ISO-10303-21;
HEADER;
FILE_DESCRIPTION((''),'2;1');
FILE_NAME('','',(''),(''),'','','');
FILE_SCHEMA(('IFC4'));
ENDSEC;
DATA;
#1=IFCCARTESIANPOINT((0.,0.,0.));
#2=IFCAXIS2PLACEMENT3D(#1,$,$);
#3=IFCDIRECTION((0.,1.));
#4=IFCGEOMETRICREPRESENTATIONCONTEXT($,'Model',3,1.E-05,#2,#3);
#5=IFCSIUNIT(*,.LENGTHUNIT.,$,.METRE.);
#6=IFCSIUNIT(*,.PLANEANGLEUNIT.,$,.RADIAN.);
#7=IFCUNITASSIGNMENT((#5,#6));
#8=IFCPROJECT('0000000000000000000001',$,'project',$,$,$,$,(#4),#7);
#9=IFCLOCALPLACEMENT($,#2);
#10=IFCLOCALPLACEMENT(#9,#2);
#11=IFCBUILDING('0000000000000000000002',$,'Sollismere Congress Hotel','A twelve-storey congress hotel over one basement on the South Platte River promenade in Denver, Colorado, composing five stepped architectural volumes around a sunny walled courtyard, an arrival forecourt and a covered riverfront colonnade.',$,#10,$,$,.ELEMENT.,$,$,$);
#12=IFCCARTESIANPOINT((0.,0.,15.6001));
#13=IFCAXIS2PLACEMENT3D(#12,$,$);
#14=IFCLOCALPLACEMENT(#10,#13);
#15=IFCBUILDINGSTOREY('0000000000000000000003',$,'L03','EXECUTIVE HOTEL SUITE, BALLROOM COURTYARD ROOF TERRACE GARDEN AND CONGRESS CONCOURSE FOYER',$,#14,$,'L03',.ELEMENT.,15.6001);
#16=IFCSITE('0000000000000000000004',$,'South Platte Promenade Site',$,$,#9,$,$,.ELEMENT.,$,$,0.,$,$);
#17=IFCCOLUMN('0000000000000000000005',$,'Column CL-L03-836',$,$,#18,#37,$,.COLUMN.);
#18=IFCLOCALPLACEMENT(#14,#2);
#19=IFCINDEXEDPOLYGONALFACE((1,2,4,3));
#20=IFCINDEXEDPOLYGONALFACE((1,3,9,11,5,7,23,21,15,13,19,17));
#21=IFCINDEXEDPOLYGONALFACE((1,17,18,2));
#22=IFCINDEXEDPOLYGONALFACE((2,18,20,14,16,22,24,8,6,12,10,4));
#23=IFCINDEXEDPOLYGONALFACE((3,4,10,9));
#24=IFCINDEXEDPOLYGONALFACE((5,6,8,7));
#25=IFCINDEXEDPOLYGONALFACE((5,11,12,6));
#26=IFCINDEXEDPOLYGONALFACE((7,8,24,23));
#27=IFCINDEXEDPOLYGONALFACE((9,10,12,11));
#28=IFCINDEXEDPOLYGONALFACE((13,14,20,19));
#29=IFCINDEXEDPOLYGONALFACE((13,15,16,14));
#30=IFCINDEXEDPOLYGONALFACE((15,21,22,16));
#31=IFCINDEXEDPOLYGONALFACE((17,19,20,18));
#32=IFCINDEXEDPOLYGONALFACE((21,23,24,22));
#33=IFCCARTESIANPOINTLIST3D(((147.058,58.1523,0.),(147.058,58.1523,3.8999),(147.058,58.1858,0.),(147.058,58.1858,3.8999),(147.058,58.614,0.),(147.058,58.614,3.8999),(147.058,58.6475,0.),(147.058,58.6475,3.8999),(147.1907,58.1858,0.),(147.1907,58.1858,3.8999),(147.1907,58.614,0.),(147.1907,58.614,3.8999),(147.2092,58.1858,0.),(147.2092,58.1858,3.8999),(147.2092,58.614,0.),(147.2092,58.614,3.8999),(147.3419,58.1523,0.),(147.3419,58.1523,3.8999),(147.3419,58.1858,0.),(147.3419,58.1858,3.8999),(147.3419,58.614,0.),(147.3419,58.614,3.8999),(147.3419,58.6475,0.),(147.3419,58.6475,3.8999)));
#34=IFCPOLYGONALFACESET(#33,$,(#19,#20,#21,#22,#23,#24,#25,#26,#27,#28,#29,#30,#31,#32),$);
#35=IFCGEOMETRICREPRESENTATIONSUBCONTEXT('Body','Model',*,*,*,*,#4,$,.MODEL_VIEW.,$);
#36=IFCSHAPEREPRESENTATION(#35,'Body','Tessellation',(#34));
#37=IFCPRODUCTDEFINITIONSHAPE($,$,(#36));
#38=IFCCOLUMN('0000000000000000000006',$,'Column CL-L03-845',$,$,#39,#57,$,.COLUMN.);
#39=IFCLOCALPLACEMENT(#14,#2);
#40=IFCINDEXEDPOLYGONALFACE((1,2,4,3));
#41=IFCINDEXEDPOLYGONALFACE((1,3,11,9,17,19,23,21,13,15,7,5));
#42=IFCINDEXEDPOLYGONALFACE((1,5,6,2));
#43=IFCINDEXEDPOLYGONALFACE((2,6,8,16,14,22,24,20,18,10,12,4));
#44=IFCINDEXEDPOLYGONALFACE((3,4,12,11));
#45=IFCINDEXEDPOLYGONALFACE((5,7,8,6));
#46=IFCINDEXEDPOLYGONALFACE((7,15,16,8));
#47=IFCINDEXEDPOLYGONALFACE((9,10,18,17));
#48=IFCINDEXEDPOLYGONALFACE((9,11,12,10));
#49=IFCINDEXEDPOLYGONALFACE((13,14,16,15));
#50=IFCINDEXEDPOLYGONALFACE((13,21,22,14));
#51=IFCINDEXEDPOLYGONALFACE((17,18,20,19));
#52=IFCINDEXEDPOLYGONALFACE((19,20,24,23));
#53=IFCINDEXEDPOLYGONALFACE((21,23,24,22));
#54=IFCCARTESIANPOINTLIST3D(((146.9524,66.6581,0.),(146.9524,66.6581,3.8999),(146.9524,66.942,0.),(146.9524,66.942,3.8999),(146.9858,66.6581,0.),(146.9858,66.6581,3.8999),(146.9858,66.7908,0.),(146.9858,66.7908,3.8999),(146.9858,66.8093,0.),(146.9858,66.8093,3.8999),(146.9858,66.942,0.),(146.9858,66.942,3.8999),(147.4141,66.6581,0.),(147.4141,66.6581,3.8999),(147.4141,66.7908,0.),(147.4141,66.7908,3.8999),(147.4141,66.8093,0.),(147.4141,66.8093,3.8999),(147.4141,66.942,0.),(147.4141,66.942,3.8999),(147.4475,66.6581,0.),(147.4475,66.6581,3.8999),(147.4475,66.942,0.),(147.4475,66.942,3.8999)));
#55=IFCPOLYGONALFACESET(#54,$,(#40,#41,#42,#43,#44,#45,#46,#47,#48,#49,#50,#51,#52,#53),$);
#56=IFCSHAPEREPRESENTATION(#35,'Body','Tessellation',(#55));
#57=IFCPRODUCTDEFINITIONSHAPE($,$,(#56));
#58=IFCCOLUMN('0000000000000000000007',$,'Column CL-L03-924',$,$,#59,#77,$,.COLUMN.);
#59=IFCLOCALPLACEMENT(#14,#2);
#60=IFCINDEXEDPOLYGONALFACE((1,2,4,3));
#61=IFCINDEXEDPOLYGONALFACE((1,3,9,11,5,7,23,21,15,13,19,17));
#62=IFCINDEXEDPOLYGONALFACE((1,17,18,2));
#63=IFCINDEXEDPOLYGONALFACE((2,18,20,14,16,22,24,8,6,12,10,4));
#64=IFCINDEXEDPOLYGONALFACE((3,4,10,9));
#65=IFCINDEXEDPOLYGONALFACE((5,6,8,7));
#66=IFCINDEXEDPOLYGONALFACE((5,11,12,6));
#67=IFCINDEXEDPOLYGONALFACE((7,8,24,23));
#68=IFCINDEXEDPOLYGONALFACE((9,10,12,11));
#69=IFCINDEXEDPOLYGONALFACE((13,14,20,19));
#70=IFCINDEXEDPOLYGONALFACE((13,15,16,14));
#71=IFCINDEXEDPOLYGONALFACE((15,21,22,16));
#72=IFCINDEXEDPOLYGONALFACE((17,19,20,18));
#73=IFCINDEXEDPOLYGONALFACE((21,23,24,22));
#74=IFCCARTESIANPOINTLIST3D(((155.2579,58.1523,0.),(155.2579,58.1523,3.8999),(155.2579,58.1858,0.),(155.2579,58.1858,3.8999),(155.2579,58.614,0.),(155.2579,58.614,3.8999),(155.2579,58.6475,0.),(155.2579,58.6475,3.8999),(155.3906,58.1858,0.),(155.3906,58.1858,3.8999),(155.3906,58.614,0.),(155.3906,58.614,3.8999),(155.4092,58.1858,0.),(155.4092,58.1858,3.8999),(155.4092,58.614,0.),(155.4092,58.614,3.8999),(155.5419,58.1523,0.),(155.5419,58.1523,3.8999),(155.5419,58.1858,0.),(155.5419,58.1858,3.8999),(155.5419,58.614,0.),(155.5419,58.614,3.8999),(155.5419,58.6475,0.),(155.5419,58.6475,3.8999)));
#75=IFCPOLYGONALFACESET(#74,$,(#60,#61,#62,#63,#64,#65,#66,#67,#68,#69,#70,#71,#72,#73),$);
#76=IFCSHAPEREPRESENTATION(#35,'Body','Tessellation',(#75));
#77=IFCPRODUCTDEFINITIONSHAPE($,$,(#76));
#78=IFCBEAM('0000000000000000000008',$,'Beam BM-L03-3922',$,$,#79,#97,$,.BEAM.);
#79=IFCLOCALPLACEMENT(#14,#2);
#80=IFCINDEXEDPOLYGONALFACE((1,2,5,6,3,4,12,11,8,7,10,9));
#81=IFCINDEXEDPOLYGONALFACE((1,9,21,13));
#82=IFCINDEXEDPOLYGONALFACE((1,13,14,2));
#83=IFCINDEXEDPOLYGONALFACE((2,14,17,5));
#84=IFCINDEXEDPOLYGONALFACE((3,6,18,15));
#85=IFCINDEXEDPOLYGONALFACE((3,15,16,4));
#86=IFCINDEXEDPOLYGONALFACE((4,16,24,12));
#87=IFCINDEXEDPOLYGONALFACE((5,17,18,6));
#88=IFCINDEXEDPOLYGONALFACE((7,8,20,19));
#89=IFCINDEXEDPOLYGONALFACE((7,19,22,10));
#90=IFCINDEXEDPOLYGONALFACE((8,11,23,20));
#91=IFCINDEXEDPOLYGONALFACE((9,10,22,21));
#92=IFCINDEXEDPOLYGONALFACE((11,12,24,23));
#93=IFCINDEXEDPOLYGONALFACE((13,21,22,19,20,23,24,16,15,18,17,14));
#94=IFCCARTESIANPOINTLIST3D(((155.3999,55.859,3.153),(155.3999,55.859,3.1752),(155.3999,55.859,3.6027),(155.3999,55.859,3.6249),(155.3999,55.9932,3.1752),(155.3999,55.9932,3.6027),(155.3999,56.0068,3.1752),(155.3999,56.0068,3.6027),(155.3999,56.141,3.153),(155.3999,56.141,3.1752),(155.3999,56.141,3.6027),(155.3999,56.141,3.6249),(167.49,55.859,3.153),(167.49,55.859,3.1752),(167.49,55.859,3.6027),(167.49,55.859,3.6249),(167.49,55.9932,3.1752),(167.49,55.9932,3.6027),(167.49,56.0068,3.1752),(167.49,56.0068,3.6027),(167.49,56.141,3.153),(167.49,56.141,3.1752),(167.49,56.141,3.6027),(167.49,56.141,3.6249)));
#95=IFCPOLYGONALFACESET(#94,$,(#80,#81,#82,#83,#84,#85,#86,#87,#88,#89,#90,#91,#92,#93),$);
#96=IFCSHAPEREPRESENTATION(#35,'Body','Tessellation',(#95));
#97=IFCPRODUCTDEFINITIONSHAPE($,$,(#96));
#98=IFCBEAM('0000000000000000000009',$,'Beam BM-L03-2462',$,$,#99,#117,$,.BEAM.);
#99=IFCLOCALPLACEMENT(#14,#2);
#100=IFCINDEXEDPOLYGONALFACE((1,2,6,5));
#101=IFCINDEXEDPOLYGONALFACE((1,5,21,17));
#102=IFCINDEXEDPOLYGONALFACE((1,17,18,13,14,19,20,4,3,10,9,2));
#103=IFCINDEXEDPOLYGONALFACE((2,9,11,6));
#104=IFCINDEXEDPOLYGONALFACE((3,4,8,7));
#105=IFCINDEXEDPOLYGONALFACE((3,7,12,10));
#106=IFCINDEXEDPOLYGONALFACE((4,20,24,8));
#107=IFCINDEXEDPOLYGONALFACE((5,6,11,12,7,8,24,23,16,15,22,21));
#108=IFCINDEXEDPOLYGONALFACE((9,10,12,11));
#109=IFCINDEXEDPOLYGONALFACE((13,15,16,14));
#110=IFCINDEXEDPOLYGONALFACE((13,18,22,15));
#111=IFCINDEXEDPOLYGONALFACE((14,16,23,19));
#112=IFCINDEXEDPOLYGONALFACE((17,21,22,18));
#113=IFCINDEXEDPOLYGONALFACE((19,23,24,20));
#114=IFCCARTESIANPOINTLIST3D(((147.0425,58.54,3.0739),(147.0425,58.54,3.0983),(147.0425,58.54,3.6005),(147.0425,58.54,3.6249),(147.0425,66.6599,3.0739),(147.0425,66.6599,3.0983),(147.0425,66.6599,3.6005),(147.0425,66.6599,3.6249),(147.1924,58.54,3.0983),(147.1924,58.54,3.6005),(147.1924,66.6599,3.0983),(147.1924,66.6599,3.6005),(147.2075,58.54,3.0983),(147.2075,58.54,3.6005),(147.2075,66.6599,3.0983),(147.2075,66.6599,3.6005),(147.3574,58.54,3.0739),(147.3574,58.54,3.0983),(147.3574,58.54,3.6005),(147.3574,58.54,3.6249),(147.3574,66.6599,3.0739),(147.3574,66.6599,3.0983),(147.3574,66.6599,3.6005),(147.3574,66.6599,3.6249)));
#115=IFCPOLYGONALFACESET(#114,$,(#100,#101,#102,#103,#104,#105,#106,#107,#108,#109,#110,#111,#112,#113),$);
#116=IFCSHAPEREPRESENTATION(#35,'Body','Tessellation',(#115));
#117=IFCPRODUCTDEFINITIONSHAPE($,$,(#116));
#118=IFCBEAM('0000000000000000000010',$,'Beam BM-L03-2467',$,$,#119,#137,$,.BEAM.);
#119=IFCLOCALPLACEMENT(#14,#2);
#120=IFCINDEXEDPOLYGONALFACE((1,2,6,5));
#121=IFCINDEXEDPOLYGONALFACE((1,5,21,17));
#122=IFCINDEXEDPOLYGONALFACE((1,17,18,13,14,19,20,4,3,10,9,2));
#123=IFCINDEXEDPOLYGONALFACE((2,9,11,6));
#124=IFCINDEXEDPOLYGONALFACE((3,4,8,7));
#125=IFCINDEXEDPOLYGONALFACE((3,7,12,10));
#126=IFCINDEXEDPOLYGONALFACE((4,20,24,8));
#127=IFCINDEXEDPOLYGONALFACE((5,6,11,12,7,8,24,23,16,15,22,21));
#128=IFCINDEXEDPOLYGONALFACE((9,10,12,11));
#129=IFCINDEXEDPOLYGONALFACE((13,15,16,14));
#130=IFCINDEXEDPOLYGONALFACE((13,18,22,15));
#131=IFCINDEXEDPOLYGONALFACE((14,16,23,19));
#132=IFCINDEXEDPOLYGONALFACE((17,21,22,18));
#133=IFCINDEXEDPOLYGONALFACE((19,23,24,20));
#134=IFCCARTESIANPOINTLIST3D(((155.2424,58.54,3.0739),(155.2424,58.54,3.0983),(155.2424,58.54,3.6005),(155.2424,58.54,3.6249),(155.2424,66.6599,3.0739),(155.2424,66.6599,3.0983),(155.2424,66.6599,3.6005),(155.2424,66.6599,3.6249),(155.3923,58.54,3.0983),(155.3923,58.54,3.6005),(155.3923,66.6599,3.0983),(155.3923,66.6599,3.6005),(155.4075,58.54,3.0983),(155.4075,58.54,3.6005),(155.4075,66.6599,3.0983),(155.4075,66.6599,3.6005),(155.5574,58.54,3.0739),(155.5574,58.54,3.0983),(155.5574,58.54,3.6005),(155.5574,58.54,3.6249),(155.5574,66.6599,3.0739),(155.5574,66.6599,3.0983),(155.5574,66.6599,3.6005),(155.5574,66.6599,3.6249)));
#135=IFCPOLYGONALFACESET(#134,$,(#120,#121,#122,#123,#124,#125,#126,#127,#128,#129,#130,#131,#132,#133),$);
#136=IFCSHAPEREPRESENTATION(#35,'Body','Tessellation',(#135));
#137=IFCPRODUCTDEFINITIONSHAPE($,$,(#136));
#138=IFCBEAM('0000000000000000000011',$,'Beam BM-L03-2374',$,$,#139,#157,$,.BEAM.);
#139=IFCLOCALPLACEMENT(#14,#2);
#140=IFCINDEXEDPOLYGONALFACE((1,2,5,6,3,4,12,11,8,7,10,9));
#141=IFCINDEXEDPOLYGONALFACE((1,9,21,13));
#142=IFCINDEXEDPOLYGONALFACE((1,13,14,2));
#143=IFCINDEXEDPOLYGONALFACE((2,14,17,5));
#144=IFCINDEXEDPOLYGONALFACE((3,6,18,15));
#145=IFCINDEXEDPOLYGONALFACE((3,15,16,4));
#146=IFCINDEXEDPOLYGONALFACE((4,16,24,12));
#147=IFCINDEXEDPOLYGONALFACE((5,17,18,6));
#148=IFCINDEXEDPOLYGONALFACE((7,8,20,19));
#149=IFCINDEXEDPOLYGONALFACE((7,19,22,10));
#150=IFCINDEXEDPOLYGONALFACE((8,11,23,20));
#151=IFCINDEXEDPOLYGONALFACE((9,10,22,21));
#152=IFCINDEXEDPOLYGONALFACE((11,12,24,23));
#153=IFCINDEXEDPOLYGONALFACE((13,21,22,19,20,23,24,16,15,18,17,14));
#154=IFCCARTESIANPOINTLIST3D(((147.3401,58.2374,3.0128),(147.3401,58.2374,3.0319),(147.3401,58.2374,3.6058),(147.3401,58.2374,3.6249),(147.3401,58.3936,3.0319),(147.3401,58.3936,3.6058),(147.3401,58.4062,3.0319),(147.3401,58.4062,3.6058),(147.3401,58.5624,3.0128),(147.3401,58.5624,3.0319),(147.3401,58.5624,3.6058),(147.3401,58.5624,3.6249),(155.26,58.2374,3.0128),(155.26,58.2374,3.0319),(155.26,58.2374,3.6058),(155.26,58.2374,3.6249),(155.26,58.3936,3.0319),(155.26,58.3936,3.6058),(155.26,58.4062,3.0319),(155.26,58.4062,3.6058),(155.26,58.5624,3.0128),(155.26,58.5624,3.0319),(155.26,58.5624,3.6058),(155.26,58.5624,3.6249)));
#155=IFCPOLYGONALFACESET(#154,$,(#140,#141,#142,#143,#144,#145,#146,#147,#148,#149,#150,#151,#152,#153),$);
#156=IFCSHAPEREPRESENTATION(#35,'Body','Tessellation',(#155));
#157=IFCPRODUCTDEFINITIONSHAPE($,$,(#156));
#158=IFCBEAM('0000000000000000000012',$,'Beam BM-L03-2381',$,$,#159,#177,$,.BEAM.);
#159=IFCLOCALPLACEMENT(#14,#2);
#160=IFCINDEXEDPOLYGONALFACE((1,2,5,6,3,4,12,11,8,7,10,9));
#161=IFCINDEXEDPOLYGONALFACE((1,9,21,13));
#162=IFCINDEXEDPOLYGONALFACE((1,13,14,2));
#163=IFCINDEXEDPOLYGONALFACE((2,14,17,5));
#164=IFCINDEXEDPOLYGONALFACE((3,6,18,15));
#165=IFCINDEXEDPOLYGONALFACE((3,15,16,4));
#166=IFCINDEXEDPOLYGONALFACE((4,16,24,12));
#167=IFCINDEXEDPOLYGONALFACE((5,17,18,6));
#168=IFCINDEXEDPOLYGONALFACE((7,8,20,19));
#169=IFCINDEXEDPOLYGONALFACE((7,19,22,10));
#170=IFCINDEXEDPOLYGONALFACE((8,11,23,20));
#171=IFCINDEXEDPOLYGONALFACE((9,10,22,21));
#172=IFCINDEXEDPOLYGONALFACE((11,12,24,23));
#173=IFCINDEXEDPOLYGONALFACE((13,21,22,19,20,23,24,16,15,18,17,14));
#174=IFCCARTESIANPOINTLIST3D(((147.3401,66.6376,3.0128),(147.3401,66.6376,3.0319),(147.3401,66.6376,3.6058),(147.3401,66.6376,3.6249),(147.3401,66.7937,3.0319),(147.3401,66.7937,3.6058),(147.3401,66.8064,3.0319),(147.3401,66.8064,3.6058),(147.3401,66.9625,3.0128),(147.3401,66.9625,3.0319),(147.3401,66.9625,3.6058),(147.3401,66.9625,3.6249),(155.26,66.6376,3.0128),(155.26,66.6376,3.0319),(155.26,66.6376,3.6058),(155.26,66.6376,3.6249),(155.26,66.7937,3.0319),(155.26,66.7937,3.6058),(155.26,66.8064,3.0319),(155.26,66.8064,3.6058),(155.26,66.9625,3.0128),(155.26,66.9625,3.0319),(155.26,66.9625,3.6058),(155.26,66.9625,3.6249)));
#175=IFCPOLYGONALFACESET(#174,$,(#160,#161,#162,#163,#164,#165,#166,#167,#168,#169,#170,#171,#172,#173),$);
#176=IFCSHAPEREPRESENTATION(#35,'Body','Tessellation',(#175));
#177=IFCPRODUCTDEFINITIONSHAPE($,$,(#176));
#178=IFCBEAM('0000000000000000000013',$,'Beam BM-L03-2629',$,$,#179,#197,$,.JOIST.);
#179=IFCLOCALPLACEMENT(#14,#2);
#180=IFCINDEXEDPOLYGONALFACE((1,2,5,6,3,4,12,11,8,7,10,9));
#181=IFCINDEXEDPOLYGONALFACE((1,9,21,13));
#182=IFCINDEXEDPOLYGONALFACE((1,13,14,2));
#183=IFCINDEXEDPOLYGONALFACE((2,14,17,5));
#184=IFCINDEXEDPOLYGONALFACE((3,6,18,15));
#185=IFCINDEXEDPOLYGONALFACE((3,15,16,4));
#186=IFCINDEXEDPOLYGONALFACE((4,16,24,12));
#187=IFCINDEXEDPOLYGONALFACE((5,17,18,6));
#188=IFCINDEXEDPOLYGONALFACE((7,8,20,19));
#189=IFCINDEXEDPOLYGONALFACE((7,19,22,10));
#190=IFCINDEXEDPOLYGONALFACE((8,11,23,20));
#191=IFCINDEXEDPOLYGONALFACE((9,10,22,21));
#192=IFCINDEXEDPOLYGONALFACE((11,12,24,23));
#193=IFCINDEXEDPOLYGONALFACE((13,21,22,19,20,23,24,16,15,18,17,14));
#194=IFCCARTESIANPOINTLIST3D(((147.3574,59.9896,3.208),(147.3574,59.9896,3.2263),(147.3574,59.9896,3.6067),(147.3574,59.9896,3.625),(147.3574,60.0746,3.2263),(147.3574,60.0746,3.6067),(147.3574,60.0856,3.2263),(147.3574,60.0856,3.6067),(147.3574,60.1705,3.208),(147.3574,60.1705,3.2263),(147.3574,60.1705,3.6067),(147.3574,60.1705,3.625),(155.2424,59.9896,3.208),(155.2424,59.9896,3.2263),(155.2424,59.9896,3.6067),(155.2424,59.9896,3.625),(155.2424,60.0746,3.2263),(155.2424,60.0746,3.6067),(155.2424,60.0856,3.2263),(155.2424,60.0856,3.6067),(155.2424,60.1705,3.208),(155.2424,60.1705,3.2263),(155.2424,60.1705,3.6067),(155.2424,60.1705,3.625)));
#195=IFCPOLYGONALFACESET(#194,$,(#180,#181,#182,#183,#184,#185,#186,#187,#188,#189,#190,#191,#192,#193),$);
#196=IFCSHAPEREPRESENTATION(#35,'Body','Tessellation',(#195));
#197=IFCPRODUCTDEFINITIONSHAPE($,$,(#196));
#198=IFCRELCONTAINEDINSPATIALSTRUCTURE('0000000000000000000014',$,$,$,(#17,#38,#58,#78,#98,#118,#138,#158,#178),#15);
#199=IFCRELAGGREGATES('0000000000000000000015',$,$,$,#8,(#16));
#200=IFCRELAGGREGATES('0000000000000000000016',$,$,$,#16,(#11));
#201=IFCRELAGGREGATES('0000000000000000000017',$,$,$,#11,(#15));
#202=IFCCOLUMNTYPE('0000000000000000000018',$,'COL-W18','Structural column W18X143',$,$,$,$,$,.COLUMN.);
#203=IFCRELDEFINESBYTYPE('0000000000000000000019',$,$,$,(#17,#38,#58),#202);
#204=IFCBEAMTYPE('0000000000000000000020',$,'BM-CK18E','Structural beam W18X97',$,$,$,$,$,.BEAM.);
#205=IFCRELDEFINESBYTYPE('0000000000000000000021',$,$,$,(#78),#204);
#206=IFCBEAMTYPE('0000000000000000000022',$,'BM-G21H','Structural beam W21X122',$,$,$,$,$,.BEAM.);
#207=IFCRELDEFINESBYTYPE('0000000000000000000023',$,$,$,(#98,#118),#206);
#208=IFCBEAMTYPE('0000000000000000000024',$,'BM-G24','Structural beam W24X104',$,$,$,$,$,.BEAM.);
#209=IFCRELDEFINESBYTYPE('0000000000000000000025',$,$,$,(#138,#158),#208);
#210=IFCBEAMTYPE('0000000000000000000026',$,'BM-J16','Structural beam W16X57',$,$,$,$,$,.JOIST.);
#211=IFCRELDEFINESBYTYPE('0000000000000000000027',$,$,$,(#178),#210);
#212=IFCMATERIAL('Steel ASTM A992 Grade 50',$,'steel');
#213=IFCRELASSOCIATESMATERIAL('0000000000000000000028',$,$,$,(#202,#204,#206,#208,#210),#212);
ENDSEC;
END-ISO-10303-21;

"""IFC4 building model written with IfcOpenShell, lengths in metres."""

from ifc_helpers import new_model, si_unit, direction, frame, origin, origin_2d, place, context, subcontext, project, spatial, i_section, extrude, material, material_profile, profile_set, type_object, element, save


model = new_model("IFC4")

# Units and contexts
model_context = context("Model", 3, precision=1e-05, world=origin(), true_north=direction((0.0, 1.0)))
body_context = subcontext(model_context, "Body", "Model", "MODEL_VIEW")
ifc_project = project(units=[si_unit("LENGTHUNIT", "METRE"), si_unit("PLANEANGLEUNIT", "RADIAN")], contexts=[model_context])

# Site, building, storey
site_placement = place(None, origin())
site = spatial("IfcSite", under=ifc_project, at=site_placement, Name="South Platte Promenade Site", CompositionType="ELEMENT", RefElevation=0.0)
building_placement = place(site_placement, origin())
building = spatial("IfcBuilding", under=site, at=building_placement, Name="Sollismere Congress Hotel", Description="A twelve-storey congress hotel over one basement on the South Platte River promenade in Denver, Colorado, composing five stepped architectural volumes around a sunny walled courtyard, an arrival forecourt and a covered riverfront colonnade.", CompositionType="ELEMENT")
storey_placement = place(building_placement, frame((0.0, 0.0, 15.6001)))
storey = spatial("IfcBuildingStorey", under=building, at=storey_placement, Name="L03", Description="EXECUTIVE HOTEL SUITE, BALLROOM COURTYARD ROOF TERRACE GARDEN AND CONGRESS CONCOURSE FOYER", LongName="L03", CompositionType="ELEMENT", Elevation=15.6001)

# Columns
ifc_material_1 = material(Name="Steel ASTM A992 Grade 50", Category="steel")
ifc_material_profile_1 = material_profile(ifc_material_1, i_section(OverallWidth=0.2839, OverallDepth=0.4951, WebThickness=0.0186, FlangeThickness=0.0334, at=origin_2d()), Name="W18X143")
ifc_profile_set_1 = profile_set([ifc_material_profile_1], Name="Steel ASTM A992 Grade 50")
column_type = type_object("IfcColumnType", Name="COL-W18", Description="Structural column W18X143", PredefinedType="COLUMN", material=ifc_profile_set_1)
for number, where, z_axis, x_axis, name in (
    (1, (147.2, 58.3999, 0.0), (0.0, 0.0, 1.0), (1.0, 0.0, 0.0), "Column CL-L03-836"),
    (2, (147.2, 66.8, 0.0), (0.0, 0.0, 1.0), (0.0, 1.0, 0.0), "Column CL-L03-845"),
    (3, (155.3999, 58.3999, 0.0), (0.0, 0.0, 1.0), (1.0, 0.0, 0.0), "Column CL-L03-924"),
):
    element("IfcColumn", number, at=place(storey_placement, frame(where, z_axis=z_axis, x_axis=x_axis)), inside=storey, type_object=column_type, Name=name, PredefinedType="COLUMN", context=body_context, shape_type="SweptSolid", body=[
        extrude(i_section(OverallWidth=0.2839, OverallDepth=0.4951, WebThickness=0.0186, FlangeThickness=0.0334, at=origin_2d()), origin(), (0.0, 0.0, 1.0), 3.8999),
    ])

# Beams
ifc_material_profile_2 = material_profile(ifc_material_1, i_section(OverallWidth=0.282, OverallDepth=0.4719, WebThickness=0.0137, FlangeThickness=0.0222, at=origin_2d()), Name="W18X97")
ifc_profile_set_2 = profile_set([ifc_material_profile_2], Name="Steel ASTM A992 Grade 50")
beam_type_1 = type_object("IfcBeamType", Name="BM-CK18E", Description="Structural beam W18X97", PredefinedType="BEAM", material=ifc_profile_set_2)
beam_placement = place(storey_placement, frame((155.3999, 56.0, 3.3889), z_axis=(1.0, 0.0, 0.0), x_axis=(0.0, 1.0, 0.0)))
element("IfcBeam", 4, at=beam_placement, inside=storey, type_object=beam_type_1, Name="Beam BM-L03-3922", PredefinedType="BEAM", context=body_context, shape_type="SweptSolid", body=[
    extrude(i_section(OverallWidth=0.282, OverallDepth=0.4719, WebThickness=0.0137, FlangeThickness=0.0222, at=origin_2d()), origin(), (0.0, 0.0, 1.0), 12.0901),
])
ifc_material_profile_3 = material_profile(ifc_material_1, i_section(OverallWidth=0.3149, OverallDepth=0.551, WebThickness=0.0151, FlangeThickness=0.0244, at=origin_2d()), Name="W21X122")
ifc_profile_set_3 = profile_set([ifc_material_profile_3], Name="Steel ASTM A992 Grade 50")
beam_type_2 = type_object("IfcBeamType", Name="BM-G21H", Description="Structural beam W21X122", PredefinedType="BEAM", material=ifc_profile_set_3)
for number, where, z_axis, x_axis, name in (
    (5, (147.2, 58.54, 3.3494), (0.0, 1.0, 0.0), (-1.0, 0.0, 0.0), "Beam BM-L03-2462"),
    (6, (155.3999, 58.54, 3.3494), (0.0, 1.0, 0.0), (-1.0, 0.0, 0.0), "Beam BM-L03-2467"),
):
    element("IfcBeam", number, at=place(storey_placement, frame(where, z_axis=z_axis, x_axis=x_axis)), inside=storey, type_object=beam_type_2, Name=name, PredefinedType="BEAM", context=body_context, shape_type="SweptSolid", body=[
        extrude(i_section(OverallWidth=0.3149, OverallDepth=0.551, WebThickness=0.0151, FlangeThickness=0.0244, at=origin_2d()), origin(), (0.0, 0.0, 1.0), 8.1199),
    ])
ifc_material_profile_4 = material_profile(ifc_material_1, i_section(OverallWidth=0.325, OverallDepth=0.6121, WebThickness=0.0127, FlangeThickness=0.019, at=origin_2d()), Name="W24X104")
ifc_profile_set_4 = profile_set([ifc_material_profile_4], Name="Steel ASTM A992 Grade 50")
beam_type_3 = type_object("IfcBeamType", Name="BM-G24", Description="Structural beam W24X104", PredefinedType="BEAM", material=ifc_profile_set_4)
for number, where, z_axis, x_axis, name in (
    (7, (147.3401, 58.3999, 3.3188), (1.0, 0.0, 0.0), (0.0, 1.0, 0.0), "Beam BM-L03-2374"),
    (8, (147.3401, 66.8, 3.3188), (1.0, 0.0, 0.0), (0.0, 1.0, 0.0), "Beam BM-L03-2381"),
):
    element("IfcBeam", number, at=place(storey_placement, frame(where, z_axis=z_axis, x_axis=x_axis)), inside=storey, type_object=beam_type_3, Name=name, PredefinedType="BEAM", context=body_context, shape_type="SweptSolid", body=[
        extrude(i_section(OverallWidth=0.325, OverallDepth=0.6121, WebThickness=0.0127, FlangeThickness=0.019, at=origin_2d()), origin(), (0.0, 0.0, 1.0), 7.9199),
    ])
ifc_material_profile_5 = material_profile(ifc_material_1, i_section(OverallWidth=0.1809, OverallDepth=0.417, WebThickness=0.011, FlangeThickness=0.0183, at=origin_2d()), Name="W16X57")
ifc_profile_set_5 = profile_set([ifc_material_profile_5], Name="Steel ASTM A992 Grade 50")
beam_type_4 = type_object("IfcBeamType", Name="BM-J16", Description="Structural beam W16X57", PredefinedType="JOIST", material=ifc_profile_set_5)
for number, where, z_axis, x_axis, name in (
    (9, (147.3574, 60.0801, 3.4165), (1.0, 0.0, 0.0), (0.0, 1.0, 0.0), "Beam BM-L03-2629"),
):
    element("IfcBeam", number, at=place(storey_placement, frame(where, z_axis=z_axis, x_axis=x_axis)), inside=storey, type_object=beam_type_4, Name=name, PredefinedType="JOIST", context=body_context, shape_type="SweptSolid", body=[
        extrude(i_section(OverallWidth=0.1809, OverallDepth=0.417, WebThickness=0.011, FlangeThickness=0.0183, at=origin_2d()), origin(), (0.0, 0.0, 1.0), 7.885),
    ])

save(model, "model.ifc")
